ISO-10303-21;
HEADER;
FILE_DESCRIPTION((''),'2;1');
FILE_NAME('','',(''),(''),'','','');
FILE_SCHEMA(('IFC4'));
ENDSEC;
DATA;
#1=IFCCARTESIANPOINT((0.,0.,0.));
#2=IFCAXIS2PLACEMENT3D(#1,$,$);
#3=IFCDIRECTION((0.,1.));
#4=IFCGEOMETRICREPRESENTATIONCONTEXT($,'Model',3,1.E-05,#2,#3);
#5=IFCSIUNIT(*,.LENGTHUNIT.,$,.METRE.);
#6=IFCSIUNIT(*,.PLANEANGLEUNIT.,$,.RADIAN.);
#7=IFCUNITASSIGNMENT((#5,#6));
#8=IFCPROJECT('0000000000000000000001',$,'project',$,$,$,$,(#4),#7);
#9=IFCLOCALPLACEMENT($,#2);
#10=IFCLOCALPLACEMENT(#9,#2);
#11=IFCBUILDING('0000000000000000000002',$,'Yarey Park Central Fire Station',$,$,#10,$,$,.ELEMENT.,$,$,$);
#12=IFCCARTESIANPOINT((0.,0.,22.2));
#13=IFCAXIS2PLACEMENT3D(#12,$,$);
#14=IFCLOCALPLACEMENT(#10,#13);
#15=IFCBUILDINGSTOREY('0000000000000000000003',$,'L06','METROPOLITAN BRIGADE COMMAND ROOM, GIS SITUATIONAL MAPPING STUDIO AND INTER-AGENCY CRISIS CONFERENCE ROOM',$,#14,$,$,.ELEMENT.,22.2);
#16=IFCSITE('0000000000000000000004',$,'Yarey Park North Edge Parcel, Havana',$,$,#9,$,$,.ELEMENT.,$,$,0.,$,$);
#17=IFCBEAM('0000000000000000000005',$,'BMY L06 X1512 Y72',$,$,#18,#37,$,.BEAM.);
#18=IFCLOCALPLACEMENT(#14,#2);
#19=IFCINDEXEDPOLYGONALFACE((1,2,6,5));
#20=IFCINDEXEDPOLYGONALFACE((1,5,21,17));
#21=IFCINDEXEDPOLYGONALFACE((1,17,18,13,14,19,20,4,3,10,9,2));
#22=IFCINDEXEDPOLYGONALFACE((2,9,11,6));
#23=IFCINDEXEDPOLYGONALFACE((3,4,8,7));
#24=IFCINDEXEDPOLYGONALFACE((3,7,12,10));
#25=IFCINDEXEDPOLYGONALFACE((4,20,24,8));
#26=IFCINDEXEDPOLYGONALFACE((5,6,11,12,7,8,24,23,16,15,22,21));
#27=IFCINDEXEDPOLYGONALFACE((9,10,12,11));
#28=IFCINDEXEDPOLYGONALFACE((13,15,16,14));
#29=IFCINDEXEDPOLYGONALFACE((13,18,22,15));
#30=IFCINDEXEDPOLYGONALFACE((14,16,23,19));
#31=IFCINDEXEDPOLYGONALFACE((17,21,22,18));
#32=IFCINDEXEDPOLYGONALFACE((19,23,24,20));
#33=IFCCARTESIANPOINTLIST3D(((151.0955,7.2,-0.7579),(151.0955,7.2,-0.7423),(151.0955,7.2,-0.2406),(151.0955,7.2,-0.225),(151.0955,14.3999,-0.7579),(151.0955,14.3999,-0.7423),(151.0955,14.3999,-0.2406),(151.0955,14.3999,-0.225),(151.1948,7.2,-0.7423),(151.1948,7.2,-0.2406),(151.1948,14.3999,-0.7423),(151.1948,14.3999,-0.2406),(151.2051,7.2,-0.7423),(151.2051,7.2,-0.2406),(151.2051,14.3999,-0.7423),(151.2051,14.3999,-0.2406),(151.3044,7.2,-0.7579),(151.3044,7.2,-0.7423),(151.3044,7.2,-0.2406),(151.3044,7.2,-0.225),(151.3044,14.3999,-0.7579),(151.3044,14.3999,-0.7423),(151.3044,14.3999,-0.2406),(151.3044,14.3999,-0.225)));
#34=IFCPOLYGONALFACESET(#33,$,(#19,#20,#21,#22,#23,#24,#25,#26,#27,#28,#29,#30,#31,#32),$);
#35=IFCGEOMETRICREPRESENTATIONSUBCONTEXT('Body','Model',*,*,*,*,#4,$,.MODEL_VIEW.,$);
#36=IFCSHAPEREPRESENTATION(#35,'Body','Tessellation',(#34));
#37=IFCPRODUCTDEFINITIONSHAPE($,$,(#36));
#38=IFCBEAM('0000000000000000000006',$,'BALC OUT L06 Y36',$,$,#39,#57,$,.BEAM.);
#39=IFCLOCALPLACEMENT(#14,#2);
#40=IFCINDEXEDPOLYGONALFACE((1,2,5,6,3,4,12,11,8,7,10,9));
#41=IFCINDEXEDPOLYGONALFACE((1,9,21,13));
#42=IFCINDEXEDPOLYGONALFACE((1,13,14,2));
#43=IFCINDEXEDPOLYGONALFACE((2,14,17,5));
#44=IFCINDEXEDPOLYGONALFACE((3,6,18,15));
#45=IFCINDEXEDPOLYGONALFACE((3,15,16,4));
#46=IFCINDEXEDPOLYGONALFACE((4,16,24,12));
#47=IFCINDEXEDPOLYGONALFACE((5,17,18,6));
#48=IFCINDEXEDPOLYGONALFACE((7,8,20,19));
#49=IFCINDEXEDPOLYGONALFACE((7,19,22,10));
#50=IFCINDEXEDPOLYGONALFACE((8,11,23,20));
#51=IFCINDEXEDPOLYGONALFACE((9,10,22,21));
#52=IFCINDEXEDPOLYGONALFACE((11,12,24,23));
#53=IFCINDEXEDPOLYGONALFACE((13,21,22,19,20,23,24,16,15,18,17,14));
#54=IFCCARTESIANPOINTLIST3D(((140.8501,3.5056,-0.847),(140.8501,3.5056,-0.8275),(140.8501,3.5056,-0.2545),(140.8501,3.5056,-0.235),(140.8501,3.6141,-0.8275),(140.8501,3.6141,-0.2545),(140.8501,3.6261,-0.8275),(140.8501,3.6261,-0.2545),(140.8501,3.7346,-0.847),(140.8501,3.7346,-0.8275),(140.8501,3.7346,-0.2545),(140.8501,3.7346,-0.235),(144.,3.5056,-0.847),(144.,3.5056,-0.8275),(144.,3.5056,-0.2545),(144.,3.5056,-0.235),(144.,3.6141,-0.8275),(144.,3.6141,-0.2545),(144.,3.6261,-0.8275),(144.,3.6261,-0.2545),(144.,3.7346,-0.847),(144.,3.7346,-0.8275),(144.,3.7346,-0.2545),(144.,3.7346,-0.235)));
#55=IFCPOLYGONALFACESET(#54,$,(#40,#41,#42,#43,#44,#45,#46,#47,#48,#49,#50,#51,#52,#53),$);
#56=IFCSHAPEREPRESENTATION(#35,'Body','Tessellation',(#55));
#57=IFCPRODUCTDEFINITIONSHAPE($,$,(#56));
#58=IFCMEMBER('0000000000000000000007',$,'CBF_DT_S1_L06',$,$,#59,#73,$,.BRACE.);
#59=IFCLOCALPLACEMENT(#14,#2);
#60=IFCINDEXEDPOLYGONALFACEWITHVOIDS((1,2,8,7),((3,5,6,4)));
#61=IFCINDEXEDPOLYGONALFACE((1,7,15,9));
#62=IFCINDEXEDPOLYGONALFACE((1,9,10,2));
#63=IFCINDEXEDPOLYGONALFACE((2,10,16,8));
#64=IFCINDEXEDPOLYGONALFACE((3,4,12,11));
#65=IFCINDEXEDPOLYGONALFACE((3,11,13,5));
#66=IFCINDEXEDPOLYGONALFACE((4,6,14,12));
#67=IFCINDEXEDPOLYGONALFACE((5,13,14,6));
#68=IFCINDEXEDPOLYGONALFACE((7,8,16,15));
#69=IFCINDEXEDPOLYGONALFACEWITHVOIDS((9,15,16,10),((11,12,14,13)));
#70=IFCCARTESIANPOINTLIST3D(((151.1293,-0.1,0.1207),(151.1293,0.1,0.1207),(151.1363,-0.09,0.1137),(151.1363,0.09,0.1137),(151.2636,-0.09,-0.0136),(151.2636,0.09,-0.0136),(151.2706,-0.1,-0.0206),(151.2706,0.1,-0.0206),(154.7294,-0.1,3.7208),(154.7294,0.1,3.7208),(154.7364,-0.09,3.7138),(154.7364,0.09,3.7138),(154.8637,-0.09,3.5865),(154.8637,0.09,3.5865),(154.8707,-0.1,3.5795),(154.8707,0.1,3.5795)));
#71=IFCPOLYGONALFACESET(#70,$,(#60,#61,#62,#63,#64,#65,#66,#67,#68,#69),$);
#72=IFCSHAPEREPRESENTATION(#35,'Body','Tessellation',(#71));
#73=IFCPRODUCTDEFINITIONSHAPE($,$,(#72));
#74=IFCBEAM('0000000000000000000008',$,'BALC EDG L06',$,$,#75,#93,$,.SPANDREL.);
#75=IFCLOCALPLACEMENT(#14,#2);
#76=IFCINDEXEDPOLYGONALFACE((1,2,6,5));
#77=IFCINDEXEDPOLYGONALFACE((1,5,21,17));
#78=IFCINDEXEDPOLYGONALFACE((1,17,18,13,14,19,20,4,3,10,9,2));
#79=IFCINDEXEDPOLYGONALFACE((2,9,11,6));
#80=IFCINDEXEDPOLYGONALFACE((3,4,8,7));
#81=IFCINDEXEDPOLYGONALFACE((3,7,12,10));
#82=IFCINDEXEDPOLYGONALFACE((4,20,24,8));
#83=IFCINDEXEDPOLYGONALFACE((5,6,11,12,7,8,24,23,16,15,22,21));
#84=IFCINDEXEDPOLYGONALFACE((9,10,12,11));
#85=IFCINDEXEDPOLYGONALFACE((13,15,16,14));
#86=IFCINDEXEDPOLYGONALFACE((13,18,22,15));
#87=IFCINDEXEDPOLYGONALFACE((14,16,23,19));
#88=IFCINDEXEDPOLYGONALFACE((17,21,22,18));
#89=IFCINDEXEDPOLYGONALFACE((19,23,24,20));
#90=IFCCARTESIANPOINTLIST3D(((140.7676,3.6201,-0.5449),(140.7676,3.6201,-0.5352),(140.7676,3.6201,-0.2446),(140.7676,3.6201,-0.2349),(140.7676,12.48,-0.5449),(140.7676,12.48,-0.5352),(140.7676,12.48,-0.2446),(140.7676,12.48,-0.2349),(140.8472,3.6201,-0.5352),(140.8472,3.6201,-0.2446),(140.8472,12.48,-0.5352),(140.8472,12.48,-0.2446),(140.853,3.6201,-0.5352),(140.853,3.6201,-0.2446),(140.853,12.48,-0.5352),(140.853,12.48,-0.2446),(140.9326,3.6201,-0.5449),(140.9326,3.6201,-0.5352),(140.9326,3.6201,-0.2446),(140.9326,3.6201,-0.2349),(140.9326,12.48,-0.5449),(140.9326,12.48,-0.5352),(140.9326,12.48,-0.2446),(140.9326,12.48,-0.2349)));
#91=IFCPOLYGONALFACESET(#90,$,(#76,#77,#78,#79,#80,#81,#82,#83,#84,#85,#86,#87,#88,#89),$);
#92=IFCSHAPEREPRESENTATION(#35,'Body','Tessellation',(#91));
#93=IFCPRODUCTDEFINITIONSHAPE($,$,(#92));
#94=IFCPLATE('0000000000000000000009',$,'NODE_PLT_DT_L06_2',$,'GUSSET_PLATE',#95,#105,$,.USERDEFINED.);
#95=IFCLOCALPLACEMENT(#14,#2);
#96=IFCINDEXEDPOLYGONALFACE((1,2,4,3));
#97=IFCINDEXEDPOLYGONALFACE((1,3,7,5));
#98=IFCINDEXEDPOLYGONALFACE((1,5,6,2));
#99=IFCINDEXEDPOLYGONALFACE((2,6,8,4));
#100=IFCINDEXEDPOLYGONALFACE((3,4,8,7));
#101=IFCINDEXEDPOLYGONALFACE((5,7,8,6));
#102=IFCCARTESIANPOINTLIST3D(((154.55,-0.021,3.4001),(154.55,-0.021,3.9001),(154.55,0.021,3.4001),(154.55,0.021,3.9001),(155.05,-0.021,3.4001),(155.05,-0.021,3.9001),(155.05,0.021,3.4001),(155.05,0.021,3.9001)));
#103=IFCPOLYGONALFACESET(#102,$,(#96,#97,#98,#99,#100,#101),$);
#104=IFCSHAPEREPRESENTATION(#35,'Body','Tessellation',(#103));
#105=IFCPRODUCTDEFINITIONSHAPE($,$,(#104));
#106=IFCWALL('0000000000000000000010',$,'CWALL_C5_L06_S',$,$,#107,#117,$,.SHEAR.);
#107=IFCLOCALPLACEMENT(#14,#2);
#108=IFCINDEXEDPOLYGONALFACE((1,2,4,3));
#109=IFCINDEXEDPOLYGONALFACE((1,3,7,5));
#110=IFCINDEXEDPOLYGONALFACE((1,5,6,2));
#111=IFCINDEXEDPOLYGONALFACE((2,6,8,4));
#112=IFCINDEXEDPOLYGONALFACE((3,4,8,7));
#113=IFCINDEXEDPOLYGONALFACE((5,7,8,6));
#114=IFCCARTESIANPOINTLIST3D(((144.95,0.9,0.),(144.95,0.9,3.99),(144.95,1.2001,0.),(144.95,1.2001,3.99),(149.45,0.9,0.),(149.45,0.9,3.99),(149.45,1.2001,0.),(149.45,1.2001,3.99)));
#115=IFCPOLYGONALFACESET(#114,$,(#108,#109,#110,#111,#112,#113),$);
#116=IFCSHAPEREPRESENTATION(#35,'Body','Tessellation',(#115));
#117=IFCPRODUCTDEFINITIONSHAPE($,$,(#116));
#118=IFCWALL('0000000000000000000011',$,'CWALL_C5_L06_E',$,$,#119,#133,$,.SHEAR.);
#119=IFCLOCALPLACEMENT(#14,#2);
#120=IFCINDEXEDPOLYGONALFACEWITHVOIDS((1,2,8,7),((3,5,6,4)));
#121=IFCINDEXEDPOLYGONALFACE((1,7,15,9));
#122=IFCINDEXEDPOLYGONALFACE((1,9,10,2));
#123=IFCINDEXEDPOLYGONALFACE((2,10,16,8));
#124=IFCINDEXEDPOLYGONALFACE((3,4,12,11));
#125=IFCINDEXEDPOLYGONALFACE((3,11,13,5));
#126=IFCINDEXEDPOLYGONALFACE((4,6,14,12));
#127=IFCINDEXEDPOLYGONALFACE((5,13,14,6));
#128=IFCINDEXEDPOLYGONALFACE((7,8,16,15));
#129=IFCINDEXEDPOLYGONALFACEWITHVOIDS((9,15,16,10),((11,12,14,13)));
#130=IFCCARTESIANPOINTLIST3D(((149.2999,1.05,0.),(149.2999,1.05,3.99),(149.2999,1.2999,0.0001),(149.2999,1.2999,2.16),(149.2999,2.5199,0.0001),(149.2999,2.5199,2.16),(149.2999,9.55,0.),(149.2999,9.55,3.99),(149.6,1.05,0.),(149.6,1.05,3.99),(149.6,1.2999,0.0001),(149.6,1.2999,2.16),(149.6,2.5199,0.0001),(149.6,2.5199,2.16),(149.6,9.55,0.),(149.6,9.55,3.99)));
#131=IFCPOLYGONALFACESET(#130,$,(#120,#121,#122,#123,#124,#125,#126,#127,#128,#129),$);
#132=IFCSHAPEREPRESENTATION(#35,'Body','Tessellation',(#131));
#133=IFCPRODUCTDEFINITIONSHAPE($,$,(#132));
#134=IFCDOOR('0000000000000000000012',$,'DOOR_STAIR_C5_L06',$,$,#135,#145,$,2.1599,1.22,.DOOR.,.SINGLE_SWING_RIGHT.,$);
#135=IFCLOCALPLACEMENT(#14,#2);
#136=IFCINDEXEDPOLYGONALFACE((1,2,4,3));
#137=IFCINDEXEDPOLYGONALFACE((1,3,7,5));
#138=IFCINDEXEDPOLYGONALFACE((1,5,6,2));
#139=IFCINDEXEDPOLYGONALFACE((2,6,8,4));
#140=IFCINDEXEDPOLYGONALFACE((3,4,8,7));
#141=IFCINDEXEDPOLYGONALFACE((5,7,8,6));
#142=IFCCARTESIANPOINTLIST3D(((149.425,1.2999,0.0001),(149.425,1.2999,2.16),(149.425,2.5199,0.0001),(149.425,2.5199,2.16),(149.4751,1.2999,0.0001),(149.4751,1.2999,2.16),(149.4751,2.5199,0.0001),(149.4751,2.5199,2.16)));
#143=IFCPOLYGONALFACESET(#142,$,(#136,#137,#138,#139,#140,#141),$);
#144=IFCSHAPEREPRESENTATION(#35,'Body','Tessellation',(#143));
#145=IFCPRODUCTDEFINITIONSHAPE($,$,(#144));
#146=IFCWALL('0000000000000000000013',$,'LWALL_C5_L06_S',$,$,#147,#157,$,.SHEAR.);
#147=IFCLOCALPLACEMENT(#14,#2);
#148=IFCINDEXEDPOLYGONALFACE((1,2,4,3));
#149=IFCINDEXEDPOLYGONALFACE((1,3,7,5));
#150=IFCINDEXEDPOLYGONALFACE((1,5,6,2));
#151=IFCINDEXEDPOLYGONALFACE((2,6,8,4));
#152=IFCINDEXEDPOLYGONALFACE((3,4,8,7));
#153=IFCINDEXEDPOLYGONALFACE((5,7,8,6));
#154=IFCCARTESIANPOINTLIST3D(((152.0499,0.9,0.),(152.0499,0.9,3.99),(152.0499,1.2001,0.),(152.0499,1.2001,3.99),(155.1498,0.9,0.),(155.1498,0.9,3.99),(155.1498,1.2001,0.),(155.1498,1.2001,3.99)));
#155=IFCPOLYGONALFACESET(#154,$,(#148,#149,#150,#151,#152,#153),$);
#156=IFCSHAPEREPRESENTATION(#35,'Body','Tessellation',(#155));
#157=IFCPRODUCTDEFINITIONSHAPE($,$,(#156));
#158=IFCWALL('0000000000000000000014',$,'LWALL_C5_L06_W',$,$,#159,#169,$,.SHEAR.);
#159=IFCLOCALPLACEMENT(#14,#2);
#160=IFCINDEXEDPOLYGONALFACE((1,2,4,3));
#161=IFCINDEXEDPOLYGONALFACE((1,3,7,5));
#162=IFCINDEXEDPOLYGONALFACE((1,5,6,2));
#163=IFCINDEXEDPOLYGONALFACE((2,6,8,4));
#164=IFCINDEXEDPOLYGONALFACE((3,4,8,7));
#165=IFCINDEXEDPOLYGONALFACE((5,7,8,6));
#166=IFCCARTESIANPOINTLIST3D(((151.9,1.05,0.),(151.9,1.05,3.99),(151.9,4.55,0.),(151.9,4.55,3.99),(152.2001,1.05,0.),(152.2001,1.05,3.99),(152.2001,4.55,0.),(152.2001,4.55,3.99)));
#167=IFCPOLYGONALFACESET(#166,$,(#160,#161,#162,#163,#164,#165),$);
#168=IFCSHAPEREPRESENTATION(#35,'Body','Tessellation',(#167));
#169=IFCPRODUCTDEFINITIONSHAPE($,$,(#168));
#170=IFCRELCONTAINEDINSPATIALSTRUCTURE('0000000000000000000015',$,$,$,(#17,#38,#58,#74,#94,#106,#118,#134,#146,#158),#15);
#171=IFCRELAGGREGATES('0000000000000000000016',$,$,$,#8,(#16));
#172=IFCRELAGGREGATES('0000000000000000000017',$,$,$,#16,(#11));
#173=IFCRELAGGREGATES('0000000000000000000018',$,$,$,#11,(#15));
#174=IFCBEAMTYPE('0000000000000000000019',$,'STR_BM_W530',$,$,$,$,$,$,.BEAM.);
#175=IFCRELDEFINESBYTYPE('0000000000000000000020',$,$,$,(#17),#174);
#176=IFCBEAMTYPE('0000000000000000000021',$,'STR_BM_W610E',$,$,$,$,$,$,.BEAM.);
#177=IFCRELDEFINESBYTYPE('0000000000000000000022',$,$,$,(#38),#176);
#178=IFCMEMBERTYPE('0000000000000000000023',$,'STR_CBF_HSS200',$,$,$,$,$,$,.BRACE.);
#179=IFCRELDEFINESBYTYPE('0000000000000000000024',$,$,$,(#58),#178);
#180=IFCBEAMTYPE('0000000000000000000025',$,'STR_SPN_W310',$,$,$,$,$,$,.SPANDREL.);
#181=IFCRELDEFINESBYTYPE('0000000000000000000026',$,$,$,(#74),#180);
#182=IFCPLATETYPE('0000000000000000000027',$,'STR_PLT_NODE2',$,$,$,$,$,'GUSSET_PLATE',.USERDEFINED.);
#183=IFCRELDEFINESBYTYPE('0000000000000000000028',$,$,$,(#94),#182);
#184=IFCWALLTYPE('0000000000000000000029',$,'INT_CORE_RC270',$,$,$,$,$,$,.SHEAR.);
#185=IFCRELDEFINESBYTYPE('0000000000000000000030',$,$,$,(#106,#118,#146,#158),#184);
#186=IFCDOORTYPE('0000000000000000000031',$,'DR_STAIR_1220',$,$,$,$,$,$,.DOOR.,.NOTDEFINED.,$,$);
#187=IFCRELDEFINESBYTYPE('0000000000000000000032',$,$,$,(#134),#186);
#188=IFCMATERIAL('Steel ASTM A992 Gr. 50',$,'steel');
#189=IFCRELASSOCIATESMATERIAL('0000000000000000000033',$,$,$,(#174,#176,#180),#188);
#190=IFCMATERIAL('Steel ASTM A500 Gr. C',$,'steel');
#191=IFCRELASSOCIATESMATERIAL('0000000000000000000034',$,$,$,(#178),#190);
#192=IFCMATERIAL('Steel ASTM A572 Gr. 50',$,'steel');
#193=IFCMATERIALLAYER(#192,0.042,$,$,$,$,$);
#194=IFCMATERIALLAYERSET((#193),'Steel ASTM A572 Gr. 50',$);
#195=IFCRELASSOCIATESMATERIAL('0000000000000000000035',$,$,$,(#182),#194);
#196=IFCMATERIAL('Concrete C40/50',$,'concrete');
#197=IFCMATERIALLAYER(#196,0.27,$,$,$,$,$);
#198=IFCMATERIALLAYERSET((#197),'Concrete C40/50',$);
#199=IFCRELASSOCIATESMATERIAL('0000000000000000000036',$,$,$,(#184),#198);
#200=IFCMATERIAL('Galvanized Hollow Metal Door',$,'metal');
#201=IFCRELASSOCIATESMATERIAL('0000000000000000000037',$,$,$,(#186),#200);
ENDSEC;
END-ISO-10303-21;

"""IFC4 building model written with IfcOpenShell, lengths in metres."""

from ifc_helpers import new_model, si_unit, direction, frame, frame_2d, origin, origin_2d, place, context, subcontext, project, spatial, rectangle, hollow_rectangle, i_section, extrude, material, layer, layer_set, material_profile, profile_set, type_object, element, fill, save


model = new_model("IFC4")

# Units and contexts
model_context = context("Model", 3, precision=1e-05, world=origin(), true_north=direction((0.0, 1.0)))
body_context = subcontext(model_context, "Body", "Model", "MODEL_VIEW")
ifc_project = project(units=[si_unit("LENGTHUNIT", "METRE"), si_unit("PLANEANGLEUNIT", "RADIAN")], contexts=[model_context])

# Site, building, storey
site_placement = place(None, origin())
site = spatial("IfcSite", under=ifc_project, at=site_placement, Name="Yarey Park North Edge Parcel, Havana", CompositionType="ELEMENT", RefElevation=0.0)
building_placement = place(site_placement, origin())
building = spatial("IfcBuilding", under=site, at=building_placement, Name="Yarey Park Central Fire Station", CompositionType="ELEMENT")
storey_placement = place(building_placement, frame((0.0, 0.0, 22.2)))
storey = spatial("IfcBuildingStorey", under=building, at=storey_placement, Name="L06", Description="METROPOLITAN BRIGADE COMMAND ROOM, GIS SITUATIONAL MAPPING STUDIO AND INTER-AGENCY CRISIS CONFERENCE ROOM", CompositionType="ELEMENT", Elevation=22.2)

# Shared definitions
ifc_material_1 = material(Name="Steel ASTM A992 Gr. 50", Category="steel")

# Beams
ifc_material_profile_1 = material_profile(ifc_material_1, i_section(OverallWidth=0.209, OverallDepth=0.533, WebThickness=0.0103, FlangeThickness=0.0156, at=origin_2d()), Name="W530x92")
ifc_profile_set_1 = profile_set([ifc_material_profile_1], Name="Steel ASTM A992 Gr. 50")
beam_type_1 = type_object("IfcBeamType", Name="STR_BM_W530", PredefinedType="BEAM", material=ifc_profile_set_1)
for number, where, z_axis, x_axis, name in (
    (1, (151.2, 7.2, -0.4915), (0.0, 1.0, 0.0), (-1.0, 0.0, 0.0), "BMY L06 X1512 Y72"),
):
    element("IfcBeam", number, at=place(storey_placement, frame(where, z_axis=z_axis, x_axis=x_axis)), inside=storey, type_object=beam_type_1, Name=name, PredefinedType="BEAM", context=body_context, shape_type="SweptSolid", body=[
        extrude(i_section(OverallWidth=0.209, OverallDepth=0.533, WebThickness=0.0103, FlangeThickness=0.0156, at=origin_2d()), origin(), (0.0, 0.0, 1.0), 7.2),
    ])
ifc_material_profile_2 = material_profile(ifc_material_1, i_section(OverallWidth=0.229, OverallDepth=0.6121, WebThickness=0.012, FlangeThickness=0.0195, at=origin_2d()), Name="W610x125")
ifc_profile_set_2 = profile_set([ifc_material_profile_2], Name="Steel ASTM A992 Gr. 50")
beam_type_2 = type_object("IfcBeamType", Name="STR_BM_W610E", PredefinedType="BEAM", material=ifc_profile_set_2)
beam_1_placement = place(storey_placement, frame((140.8501, 3.6201, -0.541), z_axis=(1.0, 0.0, 0.0), x_axis=(0.0, 1.0, 0.0)))
element("IfcBeam", 2, at=beam_1_placement, inside=storey, type_object=beam_type_2, Name="BALC OUT L06 Y36", PredefinedType="BEAM", context=body_context, shape_type="SweptSolid", body=[
    extrude(i_section(OverallWidth=0.229, OverallDepth=0.6121, WebThickness=0.012, FlangeThickness=0.0195, at=origin_2d()), origin(), (0.0, 0.0, 1.0), 3.1499),
])

# Member
ifc_material_2 = material(Name="Steel ASTM A500 Gr. C", Category="steel")
ifc_material_profile_3 = material_profile(ifc_material_2, hollow_rectangle(XDim=0.2, YDim=0.2, WallThickness=0.01, at=origin_2d()), Name="HSS 200x200x10")
ifc_profile_set_3 = profile_set([ifc_material_profile_3], Name="Steel ASTM A500 Gr. C")
member_type = type_object("IfcMemberType", Name="STR_CBF_HSS200", PredefinedType="BRACE", material=ifc_profile_set_3)
member_placement = place(storey_placement, frame((151.2, 0.0, 0.05), z_axis=(0.707107, 0.0, 0.707107), x_axis=(0.0, 1.0, 0.0)))
element("IfcMember", 3, at=member_placement, inside=storey, type_object=member_type, Name="CBF_DT_S1_L06", PredefinedType="BRACE", context=body_context, shape_type="SweptSolid", body=[
    extrude(hollow_rectangle(XDim=0.2, YDim=0.2, WallThickness=0.01, at=origin_2d()), origin(), (0.0, 0.0, 1.0), 5.0913),
])

# Beam
ifc_material_profile_4 = material_profile(ifc_material_1, i_section(OverallWidth=0.165, OverallDepth=0.3101, WebThickness=0.0059, FlangeThickness=0.0098, at=origin_2d()), Name="W310x39")
ifc_profile_set_4 = profile_set([ifc_material_profile_4], Name="Steel ASTM A992 Gr. 50")
beam_type_3 = type_object("IfcBeamType", Name="STR_SPN_W310", PredefinedType="SPANDREL", material=ifc_profile_set_4)
beam_2_placement = place(storey_placement, frame((140.8501, 3.6201, -0.3899), z_axis=(0.0, 1.0, 0.0), x_axis=(-1.0, 0.0, 0.0)))
element("IfcBeam", 4, at=beam_2_placement, inside=storey, type_object=beam_type_3, Name="BALC EDG L06", PredefinedType="SPANDREL", context=body_context, shape_type="SweptSolid", body=[
    extrude(i_section(OverallWidth=0.165, OverallDepth=0.3101, WebThickness=0.0059, FlangeThickness=0.0098, at=origin_2d()), origin(), (0.0, 0.0, 1.0), 8.8599),
])

# Plate
ifc_material_3 = material(Name="Steel ASTM A572 Gr. 50", Category="steel")
ifc_layer_1 = layer(ifc_material_3, 0.042)
ifc_layer_set_1 = layer_set([ifc_layer_1], Name="Steel ASTM A572 Gr. 50")
plate_type = type_object("IfcPlateType", Name="STR_PLT_NODE2", ElementType="GUSSET_PLATE", PredefinedType="USERDEFINED", material=ifc_layer_set_1)
plate_placement = place(storey_placement, frame((154.8, 0.0, 3.4001), z_axis=(0.0, 0.0, 1.0), x_axis=(1.0, 0.0, 0.0)))
element("IfcPlate", 5, at=plate_placement, inside=storey, type_object=plate_type, Name="NODE_PLT_DT_L06_2", ObjectType="GUSSET_PLATE", PredefinedType="USERDEFINED", context=body_context, shape_type="SweptSolid", body=[
    extrude(rectangle(XDim=0.5, YDim=0.042, at=origin_2d()), origin(), (0.0, 0.0, 1.0), 0.5),
])

# Wall
ifc_material_4 = material(Name="Concrete C40/50", Category="concrete")
ifc_layer_2 = layer(ifc_material_4, 0.27)
ifc_layer_set_2 = layer_set([ifc_layer_2], Name="Concrete C40/50")
wall_type = type_object("IfcWallType", Name="INT_CORE_RC270", PredefinedType="SHEAR", material=ifc_layer_set_2)
wall_1_placement = place(storey_placement, frame((144.95, 1.05, 0.0), z_axis=(0.0, 0.0, 1.0), x_axis=(1.0, 0.0, 0.0)))
element("IfcWall", 6, at=wall_1_placement, inside=storey, type_object=wall_type, Name="CWALL_C5_L06_S", PredefinedType="SHEAR", context=body_context, shape_type="SweptSolid", body=[
    extrude(rectangle(XDim=4.5, YDim=0.3, at=frame_2d((2.25, 0.0))), origin(), (0.0, 0.0, 1.0), 3.99),
])

# Wall, opening, door
wall_2_placement = place(storey_placement, frame((149.45, 1.05, 0.0), z_axis=(0.0, 0.0, 1.0), x_axis=(0.0, 1.0, 0.0)))
wall_2 = element("IfcWall", 7, at=wall_2_placement, inside=storey, type_object=wall_type, Name="CWALL_C5_L06_E", PredefinedType="SHEAR", context=body_context, shape_type="SweptSolid", body=[
    extrude(rectangle(XDim=8.5, YDim=0.3, at=frame_2d((4.25, 0.0))), origin(), (0.0, 0.0, 1.0), 3.99),
])
opening_placement = place(wall_2_placement, frame((0.25, 0.0, 0.0)))
opening = element("IfcOpeningElement", 8, at=opening_placement, cuts=wall_2, PredefinedType="OPENING", context=body_context, shape_type="SweptSolid", body=[
    extrude(rectangle(XDim=1.22, YDim=2.1599, at=frame_2d((0.6099, 1.0801))), frame((0.0, 0.1599, 0.0), z_axis=(0.0, -1.0, 0.0), x_axis=(1.0, 0.0, 0.0)), (0.0, 0.0, 1.0), 0.3201),
])
ifc_material_5 = material(Name="Galvanized Hollow Metal Door", Category="metal")
door_type = type_object("IfcDoorType", Name="DR_STAIR_1220", OperationType="NOTDEFINED", PredefinedType="DOOR", material=ifc_material_5)
door_placement = place(opening_placement, origin())
door = element("IfcDoor", 9, at=door_placement, inside=storey, type_object=door_type, Name="DOOR_STAIR_C5_L06", OperationType="SINGLE_SWING_RIGHT", OverallHeight=2.1599, OverallWidth=1.22, PredefinedType="DOOR", context=body_context, shape_type="SweptSolid", body=[
    extrude(rectangle(XDim=1.22, YDim=2.1599, at=frame_2d((0.6099, 1.0801))), frame((0.0, 0.0249, 0.0), z_axis=(0.0, -1.0, 0.0), x_axis=(1.0, 0.0, 0.0)), (0.0, 0.0, 1.0), 0.05),
])
fill(opening, door)

# Walls
wall_3_placement = place(storey_placement, frame((152.05, 1.05, 0.0), z_axis=(0.0, 0.0, 1.0), x_axis=(1.0, 0.0, 0.0)))
element("IfcWall", 10, at=wall_3_placement, inside=storey, type_object=wall_type, Name="LWALL_C5_L06_S", PredefinedType="SHEAR", context=body_context, shape_type="SweptSolid", body=[
    extrude(rectangle(XDim=3.0999, YDim=0.3, at=frame_2d((1.5498, 0.0))), origin(), (0.0, 0.0, 1.0), 3.99),
])
wall_4_placement = place(storey_placement, frame((152.05, 4.55, 0.0), z_axis=(0.0, 0.0, 1.0), x_axis=(0.0, -1.0, 0.0)))
element("IfcWall", 11, at=wall_4_placement, inside=storey, type_object=wall_type, Name="LWALL_C5_L06_W", PredefinedType="SHEAR", context=body_context, shape_type="SweptSolid", body=[
    extrude(rectangle(XDim=3.5, YDim=0.3, at=frame_2d((1.75, 0.0))), origin(), (0.0, 0.0, 1.0), 3.99),
])

save(model, "model.ifc")
